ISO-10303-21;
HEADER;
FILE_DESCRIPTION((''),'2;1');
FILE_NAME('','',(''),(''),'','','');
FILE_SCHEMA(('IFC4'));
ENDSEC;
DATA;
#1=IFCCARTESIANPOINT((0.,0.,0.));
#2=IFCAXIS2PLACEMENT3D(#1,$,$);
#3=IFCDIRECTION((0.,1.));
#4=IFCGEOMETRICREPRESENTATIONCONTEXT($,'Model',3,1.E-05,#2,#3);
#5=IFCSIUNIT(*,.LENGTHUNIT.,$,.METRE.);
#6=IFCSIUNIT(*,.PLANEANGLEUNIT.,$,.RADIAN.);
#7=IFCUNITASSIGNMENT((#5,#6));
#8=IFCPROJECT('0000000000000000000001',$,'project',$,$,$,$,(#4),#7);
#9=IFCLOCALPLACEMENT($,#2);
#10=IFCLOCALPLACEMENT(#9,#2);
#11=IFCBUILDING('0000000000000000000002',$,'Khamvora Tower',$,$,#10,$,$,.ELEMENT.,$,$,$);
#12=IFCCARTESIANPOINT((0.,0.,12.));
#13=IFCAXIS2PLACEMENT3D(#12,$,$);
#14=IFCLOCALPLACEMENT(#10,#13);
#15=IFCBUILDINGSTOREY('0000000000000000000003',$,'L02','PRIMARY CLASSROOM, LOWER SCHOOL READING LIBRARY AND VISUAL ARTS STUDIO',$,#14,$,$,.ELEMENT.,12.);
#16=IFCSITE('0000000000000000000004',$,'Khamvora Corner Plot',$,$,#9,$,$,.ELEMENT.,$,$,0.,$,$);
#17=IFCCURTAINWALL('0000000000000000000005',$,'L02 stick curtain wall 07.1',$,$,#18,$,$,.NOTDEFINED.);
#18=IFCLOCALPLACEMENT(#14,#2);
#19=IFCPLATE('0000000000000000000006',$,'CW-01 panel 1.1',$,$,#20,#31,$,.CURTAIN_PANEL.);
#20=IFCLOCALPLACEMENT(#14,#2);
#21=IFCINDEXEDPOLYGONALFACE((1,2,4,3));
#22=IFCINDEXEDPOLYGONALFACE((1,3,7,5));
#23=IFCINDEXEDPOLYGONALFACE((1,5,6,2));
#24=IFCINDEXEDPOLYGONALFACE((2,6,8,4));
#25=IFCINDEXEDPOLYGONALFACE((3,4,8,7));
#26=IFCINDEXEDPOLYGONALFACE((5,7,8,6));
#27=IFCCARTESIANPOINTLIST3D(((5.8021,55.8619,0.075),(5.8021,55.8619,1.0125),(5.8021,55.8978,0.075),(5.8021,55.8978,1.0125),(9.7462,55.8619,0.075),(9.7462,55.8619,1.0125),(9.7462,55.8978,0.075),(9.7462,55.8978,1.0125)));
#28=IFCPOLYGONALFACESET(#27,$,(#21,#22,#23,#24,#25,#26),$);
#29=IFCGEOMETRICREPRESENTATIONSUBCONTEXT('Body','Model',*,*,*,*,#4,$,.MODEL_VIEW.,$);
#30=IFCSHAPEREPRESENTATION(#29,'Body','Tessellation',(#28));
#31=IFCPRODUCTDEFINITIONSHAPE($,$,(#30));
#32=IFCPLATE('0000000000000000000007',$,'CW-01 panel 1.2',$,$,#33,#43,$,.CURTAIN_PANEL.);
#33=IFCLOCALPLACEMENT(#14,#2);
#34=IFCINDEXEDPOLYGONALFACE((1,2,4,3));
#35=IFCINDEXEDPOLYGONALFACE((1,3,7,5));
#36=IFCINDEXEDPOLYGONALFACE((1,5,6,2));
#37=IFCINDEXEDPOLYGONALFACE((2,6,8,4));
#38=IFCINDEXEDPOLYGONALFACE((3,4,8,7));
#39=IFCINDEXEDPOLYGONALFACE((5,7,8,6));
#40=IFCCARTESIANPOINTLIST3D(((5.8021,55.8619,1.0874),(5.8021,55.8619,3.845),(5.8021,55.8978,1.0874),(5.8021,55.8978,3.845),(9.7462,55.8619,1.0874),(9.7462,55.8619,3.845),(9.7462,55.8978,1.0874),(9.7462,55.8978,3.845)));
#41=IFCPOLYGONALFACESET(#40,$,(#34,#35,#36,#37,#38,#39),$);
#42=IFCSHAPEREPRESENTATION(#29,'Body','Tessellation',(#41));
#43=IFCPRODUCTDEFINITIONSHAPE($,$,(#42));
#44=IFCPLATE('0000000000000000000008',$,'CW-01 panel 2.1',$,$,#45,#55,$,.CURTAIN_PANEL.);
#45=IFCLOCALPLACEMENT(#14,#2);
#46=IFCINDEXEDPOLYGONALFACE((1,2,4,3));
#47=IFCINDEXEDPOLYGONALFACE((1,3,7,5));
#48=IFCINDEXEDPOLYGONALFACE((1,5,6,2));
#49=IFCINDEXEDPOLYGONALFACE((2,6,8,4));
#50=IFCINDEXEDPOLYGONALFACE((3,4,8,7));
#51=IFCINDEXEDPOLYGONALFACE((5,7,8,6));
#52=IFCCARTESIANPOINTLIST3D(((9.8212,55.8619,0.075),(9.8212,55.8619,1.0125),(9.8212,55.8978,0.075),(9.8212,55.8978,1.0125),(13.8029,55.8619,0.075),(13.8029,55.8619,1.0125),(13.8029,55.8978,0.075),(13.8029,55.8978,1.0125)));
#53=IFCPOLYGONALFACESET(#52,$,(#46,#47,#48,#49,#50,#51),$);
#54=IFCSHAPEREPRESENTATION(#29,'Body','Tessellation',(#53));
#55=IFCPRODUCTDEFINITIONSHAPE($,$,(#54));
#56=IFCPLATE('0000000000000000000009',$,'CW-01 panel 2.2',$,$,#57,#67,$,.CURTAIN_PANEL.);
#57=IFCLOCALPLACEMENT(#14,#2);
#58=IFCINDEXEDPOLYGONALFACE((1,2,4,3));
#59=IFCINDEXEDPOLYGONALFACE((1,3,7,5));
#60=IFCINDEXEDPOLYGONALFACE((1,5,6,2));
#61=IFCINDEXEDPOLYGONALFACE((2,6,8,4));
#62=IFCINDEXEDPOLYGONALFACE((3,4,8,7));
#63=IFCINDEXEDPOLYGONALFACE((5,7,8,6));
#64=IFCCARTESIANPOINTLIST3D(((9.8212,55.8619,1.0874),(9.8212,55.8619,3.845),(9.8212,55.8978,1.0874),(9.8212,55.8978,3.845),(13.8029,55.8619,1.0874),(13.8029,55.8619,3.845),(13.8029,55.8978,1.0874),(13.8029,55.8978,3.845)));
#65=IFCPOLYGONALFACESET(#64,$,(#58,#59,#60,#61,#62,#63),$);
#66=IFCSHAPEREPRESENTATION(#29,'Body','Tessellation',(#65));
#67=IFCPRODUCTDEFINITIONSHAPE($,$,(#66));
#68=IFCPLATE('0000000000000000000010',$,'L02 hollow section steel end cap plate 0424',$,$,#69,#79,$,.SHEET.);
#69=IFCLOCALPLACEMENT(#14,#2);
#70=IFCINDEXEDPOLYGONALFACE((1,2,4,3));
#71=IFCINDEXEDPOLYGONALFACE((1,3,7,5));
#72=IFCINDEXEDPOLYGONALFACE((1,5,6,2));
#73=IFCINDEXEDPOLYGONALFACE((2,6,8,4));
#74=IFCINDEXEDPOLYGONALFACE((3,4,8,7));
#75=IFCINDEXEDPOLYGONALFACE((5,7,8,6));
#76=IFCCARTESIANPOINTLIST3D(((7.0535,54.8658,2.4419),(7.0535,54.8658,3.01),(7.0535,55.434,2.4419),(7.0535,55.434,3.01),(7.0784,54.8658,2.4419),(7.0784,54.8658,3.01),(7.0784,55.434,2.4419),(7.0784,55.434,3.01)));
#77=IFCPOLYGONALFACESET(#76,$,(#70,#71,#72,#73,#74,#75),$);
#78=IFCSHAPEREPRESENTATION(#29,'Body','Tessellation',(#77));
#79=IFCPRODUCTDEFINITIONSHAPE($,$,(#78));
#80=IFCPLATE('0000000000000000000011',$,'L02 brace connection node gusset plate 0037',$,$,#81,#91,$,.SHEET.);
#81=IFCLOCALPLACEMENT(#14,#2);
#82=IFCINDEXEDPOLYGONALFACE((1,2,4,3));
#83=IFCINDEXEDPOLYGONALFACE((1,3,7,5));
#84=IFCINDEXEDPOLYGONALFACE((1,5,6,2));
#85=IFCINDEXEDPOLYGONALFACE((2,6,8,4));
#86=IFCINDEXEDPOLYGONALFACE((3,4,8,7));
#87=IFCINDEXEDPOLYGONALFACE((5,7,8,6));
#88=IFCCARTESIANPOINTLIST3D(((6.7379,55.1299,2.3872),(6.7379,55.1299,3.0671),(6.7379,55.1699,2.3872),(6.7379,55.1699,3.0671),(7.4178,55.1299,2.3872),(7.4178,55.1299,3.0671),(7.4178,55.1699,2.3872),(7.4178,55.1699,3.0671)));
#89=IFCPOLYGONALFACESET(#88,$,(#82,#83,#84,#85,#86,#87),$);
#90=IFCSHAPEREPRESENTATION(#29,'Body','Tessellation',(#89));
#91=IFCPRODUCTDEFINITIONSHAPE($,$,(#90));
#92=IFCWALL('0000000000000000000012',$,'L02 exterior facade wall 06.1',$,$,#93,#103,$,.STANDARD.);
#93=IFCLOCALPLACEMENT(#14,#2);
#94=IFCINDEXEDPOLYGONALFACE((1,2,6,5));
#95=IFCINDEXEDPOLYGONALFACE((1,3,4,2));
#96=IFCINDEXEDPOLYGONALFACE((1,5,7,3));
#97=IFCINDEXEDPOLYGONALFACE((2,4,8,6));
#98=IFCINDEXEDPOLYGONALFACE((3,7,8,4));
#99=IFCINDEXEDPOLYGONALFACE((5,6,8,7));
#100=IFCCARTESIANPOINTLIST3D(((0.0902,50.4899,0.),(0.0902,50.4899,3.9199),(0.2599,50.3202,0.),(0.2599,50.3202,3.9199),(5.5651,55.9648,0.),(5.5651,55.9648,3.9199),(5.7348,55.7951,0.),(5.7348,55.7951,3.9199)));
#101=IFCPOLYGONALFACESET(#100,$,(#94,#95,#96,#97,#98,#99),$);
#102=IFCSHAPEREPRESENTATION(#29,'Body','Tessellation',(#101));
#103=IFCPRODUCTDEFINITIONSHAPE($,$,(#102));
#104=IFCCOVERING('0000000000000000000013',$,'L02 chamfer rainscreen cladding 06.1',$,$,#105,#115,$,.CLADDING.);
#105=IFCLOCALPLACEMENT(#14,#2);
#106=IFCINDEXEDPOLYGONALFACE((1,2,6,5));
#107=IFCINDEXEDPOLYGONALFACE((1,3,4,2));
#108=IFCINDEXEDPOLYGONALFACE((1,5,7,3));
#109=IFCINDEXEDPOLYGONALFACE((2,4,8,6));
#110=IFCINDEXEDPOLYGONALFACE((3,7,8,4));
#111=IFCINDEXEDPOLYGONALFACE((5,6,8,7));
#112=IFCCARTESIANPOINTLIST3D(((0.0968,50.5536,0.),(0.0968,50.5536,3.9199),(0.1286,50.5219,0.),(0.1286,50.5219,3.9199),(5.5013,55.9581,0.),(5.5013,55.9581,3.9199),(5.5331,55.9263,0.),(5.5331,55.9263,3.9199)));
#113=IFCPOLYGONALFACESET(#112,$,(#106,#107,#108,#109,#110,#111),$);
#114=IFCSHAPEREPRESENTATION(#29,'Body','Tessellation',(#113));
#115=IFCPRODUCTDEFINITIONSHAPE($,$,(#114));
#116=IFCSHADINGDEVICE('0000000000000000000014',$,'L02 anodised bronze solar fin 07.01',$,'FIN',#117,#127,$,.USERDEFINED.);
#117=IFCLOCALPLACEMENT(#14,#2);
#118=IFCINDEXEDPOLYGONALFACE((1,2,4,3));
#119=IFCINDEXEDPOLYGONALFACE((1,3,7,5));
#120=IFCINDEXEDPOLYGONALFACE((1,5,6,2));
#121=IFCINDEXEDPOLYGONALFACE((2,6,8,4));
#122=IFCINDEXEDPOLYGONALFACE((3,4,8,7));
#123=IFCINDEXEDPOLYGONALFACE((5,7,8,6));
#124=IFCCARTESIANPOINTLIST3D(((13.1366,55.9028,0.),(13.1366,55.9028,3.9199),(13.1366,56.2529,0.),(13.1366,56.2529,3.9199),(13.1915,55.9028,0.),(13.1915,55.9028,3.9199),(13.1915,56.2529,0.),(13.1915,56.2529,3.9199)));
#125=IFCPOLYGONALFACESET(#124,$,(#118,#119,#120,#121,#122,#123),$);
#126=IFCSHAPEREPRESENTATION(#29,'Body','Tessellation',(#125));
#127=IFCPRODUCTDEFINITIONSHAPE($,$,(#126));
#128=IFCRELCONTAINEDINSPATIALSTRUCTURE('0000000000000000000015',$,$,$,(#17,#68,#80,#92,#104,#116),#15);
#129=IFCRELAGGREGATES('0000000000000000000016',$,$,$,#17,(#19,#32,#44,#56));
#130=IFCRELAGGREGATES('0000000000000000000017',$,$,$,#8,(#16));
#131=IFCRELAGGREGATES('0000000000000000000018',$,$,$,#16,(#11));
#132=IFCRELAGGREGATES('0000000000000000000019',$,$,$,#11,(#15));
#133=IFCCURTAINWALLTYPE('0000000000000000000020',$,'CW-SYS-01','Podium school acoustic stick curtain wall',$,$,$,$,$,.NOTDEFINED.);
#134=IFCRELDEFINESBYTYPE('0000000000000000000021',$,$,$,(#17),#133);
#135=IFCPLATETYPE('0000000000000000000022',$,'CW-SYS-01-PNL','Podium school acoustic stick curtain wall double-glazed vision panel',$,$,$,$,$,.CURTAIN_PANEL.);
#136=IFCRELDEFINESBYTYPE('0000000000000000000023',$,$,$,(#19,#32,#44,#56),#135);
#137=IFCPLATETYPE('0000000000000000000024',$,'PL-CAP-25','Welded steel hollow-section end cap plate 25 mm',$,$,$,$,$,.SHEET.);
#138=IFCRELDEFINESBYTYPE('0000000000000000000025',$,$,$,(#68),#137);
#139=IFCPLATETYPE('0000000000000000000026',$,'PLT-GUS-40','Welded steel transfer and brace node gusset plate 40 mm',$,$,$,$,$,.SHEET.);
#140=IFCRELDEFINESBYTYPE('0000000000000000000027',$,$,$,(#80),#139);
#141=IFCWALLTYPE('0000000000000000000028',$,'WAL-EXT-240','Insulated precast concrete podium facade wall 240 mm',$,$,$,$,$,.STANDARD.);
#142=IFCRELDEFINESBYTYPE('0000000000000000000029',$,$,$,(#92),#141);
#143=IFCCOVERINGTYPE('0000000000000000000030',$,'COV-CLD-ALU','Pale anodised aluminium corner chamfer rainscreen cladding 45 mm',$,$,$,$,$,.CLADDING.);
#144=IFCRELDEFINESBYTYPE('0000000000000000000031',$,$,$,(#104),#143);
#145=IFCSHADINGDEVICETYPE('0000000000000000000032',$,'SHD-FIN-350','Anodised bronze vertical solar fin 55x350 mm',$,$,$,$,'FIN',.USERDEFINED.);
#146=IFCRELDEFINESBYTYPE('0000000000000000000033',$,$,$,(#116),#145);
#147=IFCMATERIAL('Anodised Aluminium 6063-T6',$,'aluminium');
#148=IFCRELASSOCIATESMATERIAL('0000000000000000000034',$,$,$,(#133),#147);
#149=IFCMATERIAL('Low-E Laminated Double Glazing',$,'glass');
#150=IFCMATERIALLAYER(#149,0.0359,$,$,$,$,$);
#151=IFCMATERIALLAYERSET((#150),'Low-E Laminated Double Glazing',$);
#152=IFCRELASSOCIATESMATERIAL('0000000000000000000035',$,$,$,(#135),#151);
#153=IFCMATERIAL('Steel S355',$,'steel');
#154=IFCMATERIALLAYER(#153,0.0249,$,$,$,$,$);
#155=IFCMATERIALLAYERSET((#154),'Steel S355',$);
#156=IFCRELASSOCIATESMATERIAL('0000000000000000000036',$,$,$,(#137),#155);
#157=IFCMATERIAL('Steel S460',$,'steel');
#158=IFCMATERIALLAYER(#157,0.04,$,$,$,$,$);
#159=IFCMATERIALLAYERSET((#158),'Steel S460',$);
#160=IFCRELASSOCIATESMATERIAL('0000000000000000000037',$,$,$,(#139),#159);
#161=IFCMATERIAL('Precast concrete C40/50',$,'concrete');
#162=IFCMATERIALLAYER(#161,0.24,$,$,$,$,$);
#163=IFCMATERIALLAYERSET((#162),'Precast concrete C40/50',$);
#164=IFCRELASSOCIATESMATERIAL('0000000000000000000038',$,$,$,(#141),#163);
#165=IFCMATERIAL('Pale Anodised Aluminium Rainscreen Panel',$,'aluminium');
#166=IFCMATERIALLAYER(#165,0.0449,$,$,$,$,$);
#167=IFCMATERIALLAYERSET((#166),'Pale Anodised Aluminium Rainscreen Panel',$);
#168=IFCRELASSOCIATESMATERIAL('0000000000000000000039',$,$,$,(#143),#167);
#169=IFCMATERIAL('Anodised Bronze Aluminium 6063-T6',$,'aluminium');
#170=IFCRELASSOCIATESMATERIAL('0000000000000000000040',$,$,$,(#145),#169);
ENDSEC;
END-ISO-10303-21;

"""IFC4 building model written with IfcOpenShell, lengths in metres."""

from ifc_helpers import new_model, si_unit, direction, frame, frame_2d, origin, origin_2d, place, context, subcontext, project, spatial, rectangle, extrude, material, layer, layer_set, type_object, element, aggregate, save


model = new_model("IFC4")

# Units and contexts
model_context = context("Model", 3, precision=1e-05, world=origin(), true_north=direction((0.0, 1.0)))
body_context = subcontext(model_context, "Body", "Model", "MODEL_VIEW")
ifc_project = project(units=[si_unit("LENGTHUNIT", "METRE"), si_unit("PLANEANGLEUNIT", "RADIAN")], contexts=[model_context])

# Site, building, storey
site_placement = place(None, origin())
site = spatial("IfcSite", under=ifc_project, at=site_placement, Name="Khamvora Corner Plot", CompositionType="ELEMENT", RefElevation=0.0)
building_placement = place(site_placement, origin())
building = spatial("IfcBuilding", under=site, at=building_placement, Name="Khamvora Tower", CompositionType="ELEMENT")
storey_placement = place(building_placement, frame((0.0, 0.0, 12.0)))
storey = spatial("IfcBuildingStorey", under=building, at=storey_placement, Name="L02", Description="PRIMARY CLASSROOM, LOWER SCHOOL READING LIBRARY AND VISUAL ARTS STUDIO", CompositionType="ELEMENT", Elevation=12.0)

# Shared definitions
ifc_material_1 = material(Name="Steel S460", Category="steel")

# Shared definitions
ifc_material_2 = material(Name="Steel S355", Category="steel")

# Curtain wall
ifc_material_3 = material(Name="Anodised Aluminium 6063-T6", Category="aluminium")
curtain_wall_type = type_object("IfcCurtainWallType", Name="CW-SYS-01", Description="Podium school acoustic stick curtain wall", PredefinedType="NOTDEFINED", material=ifc_material_3)
curtain_wall_placement = place(storey_placement, origin())
curtain_wall = element("IfcCurtainWall", 1, at=curtain_wall_placement, inside=storey, type_object=curtain_wall_type, Name="L02 stick curtain wall 07.1", PredefinedType="NOTDEFINED")

# Plates
ifc_material_4 = material(Name="Low-E Laminated Double Glazing", Category="glass")
ifc_layer_1 = layer(ifc_material_4, 0.0359)
ifc_layer_set_1 = layer_set([ifc_layer_1], Name="Low-E Laminated Double Glazing")
plate_type_1 = type_object("IfcPlateType", Name="CW-SYS-01-PNL", Description="Podium school acoustic stick curtain wall double-glazed vision panel", PredefinedType="CURTAIN_PANEL", material=ifc_layer_set_1)
plate_1_placement = place(storey_placement, frame((7.7742, 55.8799, 0.075), z_axis=(0.0, 0.0, 1.0), x_axis=(1.0, 0.0, 0.0)))
plate_1 = element("IfcPlate", 2, at=plate_1_placement, type_object=plate_type_1, Name="CW-01 panel 1.1", PredefinedType="CURTAIN_PANEL", context=body_context, shape_type="SweptSolid", body=[
    extrude(rectangle(XDim=3.9441, YDim=0.0359, at=origin_2d()), origin(), (0.0, 0.0, 1.0), 0.9375),
])
plate_2_placement = place(storey_placement, frame((7.7742, 55.8799, 1.0874), z_axis=(0.0, 0.0, 1.0), x_axis=(1.0, 0.0, 0.0)))
plate_2 = element("IfcPlate", 3, at=plate_2_placement, type_object=plate_type_1, Name="CW-01 panel 1.2", PredefinedType="CURTAIN_PANEL", context=body_context, shape_type="SweptSolid", body=[
    extrude(rectangle(XDim=3.9441, YDim=0.0359, at=origin_2d()), origin(), (0.0, 0.0, 1.0), 2.7576),
])
plate_3_placement = place(storey_placement, frame((11.812, 55.8799, 0.075), z_axis=(0.0, 0.0, 1.0), x_axis=(1.0, 0.0, 0.0)))
plate_3 = element("IfcPlate", 4, at=plate_3_placement, type_object=plate_type_1, Name="CW-01 panel 2.1", PredefinedType="CURTAIN_PANEL", context=body_context, shape_type="SweptSolid", body=[
    extrude(rectangle(XDim=3.9817, YDim=0.0359, at=origin_2d()), origin(), (0.0, 0.0, 1.0), 0.9375),
])
plate_4_placement = place(storey_placement, frame((11.812, 55.8799, 1.0874), z_axis=(0.0, 0.0, 1.0), x_axis=(1.0, 0.0, 0.0)))
plate_4 = element("IfcPlate", 5, at=plate_4_placement, type_object=plate_type_1, Name="CW-01 panel 2.2", PredefinedType="CURTAIN_PANEL", context=body_context, shape_type="SweptSolid", body=[
    extrude(rectangle(XDim=3.9817, YDim=0.0359, at=origin_2d()), origin(), (0.0, 0.0, 1.0), 2.7576),
])
aggregate(curtain_wall, [plate_1, plate_2, plate_3, plate_4])

# Plates
ifc_layer_2 = layer(ifc_material_2, 0.0249)
ifc_layer_set_2 = layer_set([ifc_layer_2], Name="Steel S355")
plate_type_2 = type_object("IfcPlateType", Name="PL-CAP-25", Description="Welded steel hollow-section end cap plate 25 mm", PredefinedType="SHEET", material=ifc_layer_set_2)
plate_5_placement = place(storey_placement, frame((7.0659, 55.1499, 2.4419), z_axis=(0.0, 0.0, 1.0), x_axis=(1.0, 0.0, 0.0)))
element("IfcPlate", 6, at=plate_5_placement, inside=storey, type_object=plate_type_2, Name="L02 hollow section steel end cap plate 0424", PredefinedType="SHEET", context=body_context, shape_type="SweptSolid", body=[
    extrude(rectangle(XDim=0.0249, YDim=0.5681, at=origin_2d()), origin(), (0.0, 0.0, 1.0), 0.5681),
])
ifc_layer_3 = layer(ifc_material_1, 0.04)
ifc_layer_set_3 = layer_set([ifc_layer_3], Name="Steel S460")
plate_type_3 = type_object("IfcPlateType", Name="PLT-GUS-40", Description="Welded steel transfer and brace node gusset plate 40 mm", PredefinedType="SHEET", material=ifc_layer_set_3)
plate_6_placement = place(storey_placement, frame((7.0779, 55.1499, 2.3872), z_axis=(0.0, 0.0, 1.0), x_axis=(1.0, 0.0, 0.0)))
element("IfcPlate", 7, at=plate_6_placement, inside=storey, type_object=plate_type_3, Name="L02 brace connection node gusset plate 0037", PredefinedType="SHEET", context=body_context, shape_type="SweptSolid", body=[
    extrude(rectangle(XDim=0.6799, YDim=0.04, at=origin_2d()), origin(), (0.0, 0.0, 1.0), 0.6799),
])

# Wall
ifc_material_5 = material(Name="Precast concrete C40/50", Category="concrete")
ifc_layer_4 = layer(ifc_material_5, 0.24)
ifc_layer_set_4 = layer_set([ifc_layer_4], Name="Precast concrete C40/50")
wall_type = type_object("IfcWallType", Name="WAL-EXT-240", Description="Insulated precast concrete podium facade wall 240 mm", PredefinedType="STANDARD", material=ifc_layer_set_4)
wall_placement = place(storey_placement, frame((0.175, 50.405, 0.0), z_axis=(0.0, 0.0, 1.0), x_axis=(0.707107, 0.707107, 0.0)))
element("IfcWall", 8, at=wall_placement, inside=storey, type_object=wall_type, Name="L02 exterior facade wall 06.1", PredefinedType="STANDARD", context=body_context, shape_type="SweptSolid", body=[
    extrude(rectangle(XDim=7.7427, YDim=0.24, at=frame_2d((3.8713, 0.0))), origin(), (0.0, 0.0, 1.0), 3.9199),
])

# Covering
ifc_material_6 = material(Name="Pale Anodised Aluminium Rainscreen Panel", Category="aluminium")
ifc_layer_5 = layer(ifc_material_6, 0.0449)
ifc_layer_set_5 = layer_set([ifc_layer_5], Name="Pale Anodised Aluminium Rainscreen Panel")
covering_type = type_object("IfcCoveringType", Name="COV-CLD-ALU", Description="Pale anodised aluminium corner chamfer rainscreen cladding 45 mm", PredefinedType="CLADDING", material=ifc_layer_set_5)
covering_placement = place(storey_placement, frame((2.8149, 53.24, 0.0), z_axis=(0.0, 0.0, 1.0), x_axis=(0.707107, 0.707107, 0.0)))
element("IfcCovering", 9, at=covering_placement, inside=storey, type_object=covering_type, Name="L02 chamfer rainscreen cladding 06.1", PredefinedType="CLADDING", context=body_context, shape_type="SweptSolid", body=[
    extrude(rectangle(XDim=7.6431, YDim=0.0449, at=origin_2d()), origin(), (0.0, 0.0, 1.0), 3.9199),
])

# Shading device
ifc_material_7 = material(Name="Anodised Bronze Aluminium 6063-T6", Category="aluminium")
shading_device_type = type_object("IfcShadingDeviceType", Name="SHD-FIN-350", Description="Anodised bronze vertical solar fin 55x350 mm", ElementType="FIN", PredefinedType="USERDEFINED", material=ifc_material_7)
shading_device_placement = place(storey_placement, frame((13.1641, 56.0779, 0.0), z_axis=(0.0, 0.0, 1.0), x_axis=(1.0, 0.0, 0.0)))
element("IfcShadingDevice", 10, at=shading_device_placement, inside=storey, type_object=shading_device_type, Name="L02 anodised bronze solar fin 07.01", ObjectType="FIN", PredefinedType="USERDEFINED", context=body_context, shape_type="SweptSolid", body=[
    extrude(rectangle(XDim=0.0549, YDim=0.3501, at=origin_2d()), origin(), (0.0, 0.0, 1.0), 3.9199),
])

save(model, "model.ifc")
